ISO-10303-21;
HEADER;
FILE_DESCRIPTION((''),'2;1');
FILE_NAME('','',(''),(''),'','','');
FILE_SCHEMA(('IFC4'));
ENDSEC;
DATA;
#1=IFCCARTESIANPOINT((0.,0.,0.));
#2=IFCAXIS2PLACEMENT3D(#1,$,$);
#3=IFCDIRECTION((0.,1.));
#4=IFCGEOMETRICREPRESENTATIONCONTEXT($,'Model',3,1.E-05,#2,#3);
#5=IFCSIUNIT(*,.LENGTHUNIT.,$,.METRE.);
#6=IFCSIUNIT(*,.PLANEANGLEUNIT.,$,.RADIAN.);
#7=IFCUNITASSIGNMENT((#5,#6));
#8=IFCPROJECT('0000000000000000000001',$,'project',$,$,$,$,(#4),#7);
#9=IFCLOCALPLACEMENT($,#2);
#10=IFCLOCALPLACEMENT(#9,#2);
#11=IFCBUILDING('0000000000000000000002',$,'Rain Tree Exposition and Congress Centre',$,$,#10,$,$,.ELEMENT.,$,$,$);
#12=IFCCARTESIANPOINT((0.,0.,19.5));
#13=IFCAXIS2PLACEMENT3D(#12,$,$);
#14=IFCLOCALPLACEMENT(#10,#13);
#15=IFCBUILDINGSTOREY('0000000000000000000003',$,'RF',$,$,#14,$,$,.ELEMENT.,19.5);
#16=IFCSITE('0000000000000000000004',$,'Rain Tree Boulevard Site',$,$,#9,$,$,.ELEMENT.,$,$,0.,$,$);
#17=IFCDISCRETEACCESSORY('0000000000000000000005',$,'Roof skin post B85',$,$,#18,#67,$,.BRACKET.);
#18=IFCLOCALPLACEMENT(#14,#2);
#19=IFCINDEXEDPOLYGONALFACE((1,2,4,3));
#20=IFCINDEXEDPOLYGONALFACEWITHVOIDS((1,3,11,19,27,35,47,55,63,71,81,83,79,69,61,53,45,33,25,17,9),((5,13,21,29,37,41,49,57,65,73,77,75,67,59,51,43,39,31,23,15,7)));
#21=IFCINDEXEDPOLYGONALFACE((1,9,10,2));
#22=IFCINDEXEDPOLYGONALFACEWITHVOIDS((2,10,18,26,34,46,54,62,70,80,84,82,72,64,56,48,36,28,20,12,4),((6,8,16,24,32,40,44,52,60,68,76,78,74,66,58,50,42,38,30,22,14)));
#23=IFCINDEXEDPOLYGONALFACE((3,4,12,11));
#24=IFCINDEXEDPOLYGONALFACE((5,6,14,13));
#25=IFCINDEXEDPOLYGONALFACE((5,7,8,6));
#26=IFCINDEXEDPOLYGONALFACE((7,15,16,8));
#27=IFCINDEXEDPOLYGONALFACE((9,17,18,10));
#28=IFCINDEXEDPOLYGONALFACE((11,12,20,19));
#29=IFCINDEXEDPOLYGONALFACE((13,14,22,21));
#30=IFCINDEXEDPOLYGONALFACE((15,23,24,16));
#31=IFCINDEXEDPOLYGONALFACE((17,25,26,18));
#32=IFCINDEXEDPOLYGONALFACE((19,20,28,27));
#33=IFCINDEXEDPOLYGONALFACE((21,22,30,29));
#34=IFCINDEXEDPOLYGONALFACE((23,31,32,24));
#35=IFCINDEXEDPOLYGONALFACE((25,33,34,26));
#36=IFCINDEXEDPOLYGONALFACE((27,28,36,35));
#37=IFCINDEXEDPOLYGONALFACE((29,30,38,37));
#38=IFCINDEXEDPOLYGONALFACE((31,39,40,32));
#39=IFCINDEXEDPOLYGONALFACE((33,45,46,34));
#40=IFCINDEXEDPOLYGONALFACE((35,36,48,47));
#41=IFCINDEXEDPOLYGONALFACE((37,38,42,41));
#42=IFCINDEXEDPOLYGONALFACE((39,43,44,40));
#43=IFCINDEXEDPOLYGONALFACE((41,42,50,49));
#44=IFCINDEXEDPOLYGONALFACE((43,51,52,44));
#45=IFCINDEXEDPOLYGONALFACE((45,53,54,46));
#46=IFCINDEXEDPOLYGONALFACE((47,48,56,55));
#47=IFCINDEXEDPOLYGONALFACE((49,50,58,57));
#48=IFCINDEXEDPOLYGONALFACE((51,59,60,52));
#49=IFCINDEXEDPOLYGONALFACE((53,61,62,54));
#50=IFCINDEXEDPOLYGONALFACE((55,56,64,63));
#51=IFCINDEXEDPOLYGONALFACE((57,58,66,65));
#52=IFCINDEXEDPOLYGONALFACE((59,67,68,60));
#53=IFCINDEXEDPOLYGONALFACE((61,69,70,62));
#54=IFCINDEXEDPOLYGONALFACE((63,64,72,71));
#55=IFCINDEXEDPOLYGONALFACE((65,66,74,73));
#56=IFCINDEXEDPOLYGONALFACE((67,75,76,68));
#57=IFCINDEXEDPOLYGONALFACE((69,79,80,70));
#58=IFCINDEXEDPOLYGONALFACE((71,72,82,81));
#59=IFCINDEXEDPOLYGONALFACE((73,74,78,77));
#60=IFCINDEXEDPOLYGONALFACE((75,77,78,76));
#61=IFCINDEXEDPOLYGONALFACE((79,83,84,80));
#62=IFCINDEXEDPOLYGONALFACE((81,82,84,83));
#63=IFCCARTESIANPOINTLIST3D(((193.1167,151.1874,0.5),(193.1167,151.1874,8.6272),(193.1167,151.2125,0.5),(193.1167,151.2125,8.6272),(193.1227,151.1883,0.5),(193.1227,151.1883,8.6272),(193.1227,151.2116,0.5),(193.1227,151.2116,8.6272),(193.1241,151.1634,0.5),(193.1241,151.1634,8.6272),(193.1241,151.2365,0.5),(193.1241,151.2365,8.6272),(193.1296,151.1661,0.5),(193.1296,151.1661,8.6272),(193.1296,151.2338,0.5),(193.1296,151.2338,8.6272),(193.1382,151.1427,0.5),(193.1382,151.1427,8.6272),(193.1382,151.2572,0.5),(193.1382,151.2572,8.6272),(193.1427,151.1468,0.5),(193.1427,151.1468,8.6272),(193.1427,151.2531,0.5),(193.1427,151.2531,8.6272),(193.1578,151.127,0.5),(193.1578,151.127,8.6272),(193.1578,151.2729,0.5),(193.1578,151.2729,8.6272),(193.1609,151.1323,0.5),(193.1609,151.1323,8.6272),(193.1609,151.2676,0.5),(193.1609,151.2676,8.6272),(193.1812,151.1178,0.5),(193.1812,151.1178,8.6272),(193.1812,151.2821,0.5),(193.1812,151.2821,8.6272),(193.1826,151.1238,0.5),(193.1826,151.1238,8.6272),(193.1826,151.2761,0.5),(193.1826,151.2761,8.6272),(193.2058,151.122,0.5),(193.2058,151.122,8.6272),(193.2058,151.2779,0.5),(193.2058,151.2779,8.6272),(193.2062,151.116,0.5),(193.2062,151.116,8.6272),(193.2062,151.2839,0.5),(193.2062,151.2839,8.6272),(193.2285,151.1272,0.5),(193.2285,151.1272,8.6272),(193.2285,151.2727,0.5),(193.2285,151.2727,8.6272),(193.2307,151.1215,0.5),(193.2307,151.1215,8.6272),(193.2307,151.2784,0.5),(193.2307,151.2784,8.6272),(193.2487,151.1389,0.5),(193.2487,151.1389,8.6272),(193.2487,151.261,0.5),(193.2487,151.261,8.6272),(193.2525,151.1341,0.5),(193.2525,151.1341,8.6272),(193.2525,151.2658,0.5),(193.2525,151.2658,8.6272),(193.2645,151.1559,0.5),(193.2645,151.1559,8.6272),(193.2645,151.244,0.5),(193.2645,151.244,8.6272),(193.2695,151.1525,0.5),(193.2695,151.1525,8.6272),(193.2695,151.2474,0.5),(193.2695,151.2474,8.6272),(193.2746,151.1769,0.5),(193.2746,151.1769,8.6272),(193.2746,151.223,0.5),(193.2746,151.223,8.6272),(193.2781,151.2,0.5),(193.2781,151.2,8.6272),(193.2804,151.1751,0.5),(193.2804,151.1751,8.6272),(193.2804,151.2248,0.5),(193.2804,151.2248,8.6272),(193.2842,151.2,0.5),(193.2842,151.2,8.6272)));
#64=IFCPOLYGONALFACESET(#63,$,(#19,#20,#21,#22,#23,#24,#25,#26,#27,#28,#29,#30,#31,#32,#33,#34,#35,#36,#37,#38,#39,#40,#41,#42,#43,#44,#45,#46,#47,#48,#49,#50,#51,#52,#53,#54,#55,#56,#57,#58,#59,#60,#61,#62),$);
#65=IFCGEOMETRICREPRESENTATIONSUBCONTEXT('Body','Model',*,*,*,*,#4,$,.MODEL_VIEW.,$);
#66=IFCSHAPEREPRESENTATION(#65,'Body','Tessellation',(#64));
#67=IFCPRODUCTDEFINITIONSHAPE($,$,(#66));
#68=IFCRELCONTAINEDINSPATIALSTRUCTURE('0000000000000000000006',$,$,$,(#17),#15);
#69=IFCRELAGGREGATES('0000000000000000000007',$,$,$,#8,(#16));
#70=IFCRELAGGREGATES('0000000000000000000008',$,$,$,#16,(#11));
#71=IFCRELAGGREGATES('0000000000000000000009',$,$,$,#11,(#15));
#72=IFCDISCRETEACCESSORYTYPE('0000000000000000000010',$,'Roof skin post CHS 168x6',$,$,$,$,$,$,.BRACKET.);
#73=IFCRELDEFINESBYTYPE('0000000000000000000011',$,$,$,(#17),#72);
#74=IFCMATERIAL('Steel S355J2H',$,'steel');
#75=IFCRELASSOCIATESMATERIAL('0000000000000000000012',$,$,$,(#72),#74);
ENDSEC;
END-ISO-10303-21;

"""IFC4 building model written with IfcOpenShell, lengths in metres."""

from ifc_helpers import new_model, si_unit, direction, frame, origin, origin_2d, place, context, subcontext, project, spatial, hollow_circle, extrude, material, material_profile, profile_set, type_object, element, save


model = new_model("IFC4")

# Units and contexts
model_context = context("Model", 3, precision=1e-05, world=origin(), true_north=direction((0.0, 1.0)))
body_context = subcontext(model_context, "Body", "Model", "MODEL_VIEW")
ifc_project = project(units=[si_unit("LENGTHUNIT", "METRE"), si_unit("PLANEANGLEUNIT", "RADIAN")], contexts=[model_context])

# Site, building, storey
site_placement = place(None, origin())
site = spatial("IfcSite", under=ifc_project, at=site_placement, Name="Rain Tree Boulevard Site", CompositionType="ELEMENT", RefElevation=0.0)
building_placement = place(site_placement, origin())
building = spatial("IfcBuilding", under=site, at=building_placement, Name="Rain Tree Exposition and Congress Centre", CompositionType="ELEMENT")
storey_placement = place(building_placement, frame((0.0, 0.0, 19.5)))
storey = spatial("IfcBuildingStorey", under=building, at=storey_placement, Name="RF", CompositionType="ELEMENT", Elevation=19.5)

# Discrete accessory
ifc_material_1 = material(Name="Steel S355J2H", Category="steel")
ifc_material_profile_1 = material_profile(ifc_material_1, hollow_circle(Radius=0.0842, WallThickness=0.0061, at=origin_2d()), Name="CHS 168x6")
ifc_profile_set_1 = profile_set([ifc_material_profile_1], Name="Steel S355J2H")
discrete_accessory_type_1 = type_object("IfcDiscreteAccessoryType", Name="Roof skin post CHS 168x6", PredefinedType="BRACKET", material=ifc_profile_set_1)
discrete_accessory_1_placement = place(storey_placement, frame((193.2, 151.2, 0.5), z_axis=(0.0, 0.0, 1.0), x_axis=(1.0, 0.0, 0.0)))
element("IfcDiscreteAccessory", 1, at=discrete_accessory_1_placement, inside=storey, type_object=discrete_accessory_type_1, Name="Roof skin post B85", PredefinedType="BRACKET", context=body_context, shape_type="SweptSolid", body=[
    extrude(hollow_circle(Radius=0.0842, WallThickness=0.0061, at=origin_2d()), origin(), (0.0, 0.0, 1.0), 8.1272),
])

save(model, "model.ifc")
